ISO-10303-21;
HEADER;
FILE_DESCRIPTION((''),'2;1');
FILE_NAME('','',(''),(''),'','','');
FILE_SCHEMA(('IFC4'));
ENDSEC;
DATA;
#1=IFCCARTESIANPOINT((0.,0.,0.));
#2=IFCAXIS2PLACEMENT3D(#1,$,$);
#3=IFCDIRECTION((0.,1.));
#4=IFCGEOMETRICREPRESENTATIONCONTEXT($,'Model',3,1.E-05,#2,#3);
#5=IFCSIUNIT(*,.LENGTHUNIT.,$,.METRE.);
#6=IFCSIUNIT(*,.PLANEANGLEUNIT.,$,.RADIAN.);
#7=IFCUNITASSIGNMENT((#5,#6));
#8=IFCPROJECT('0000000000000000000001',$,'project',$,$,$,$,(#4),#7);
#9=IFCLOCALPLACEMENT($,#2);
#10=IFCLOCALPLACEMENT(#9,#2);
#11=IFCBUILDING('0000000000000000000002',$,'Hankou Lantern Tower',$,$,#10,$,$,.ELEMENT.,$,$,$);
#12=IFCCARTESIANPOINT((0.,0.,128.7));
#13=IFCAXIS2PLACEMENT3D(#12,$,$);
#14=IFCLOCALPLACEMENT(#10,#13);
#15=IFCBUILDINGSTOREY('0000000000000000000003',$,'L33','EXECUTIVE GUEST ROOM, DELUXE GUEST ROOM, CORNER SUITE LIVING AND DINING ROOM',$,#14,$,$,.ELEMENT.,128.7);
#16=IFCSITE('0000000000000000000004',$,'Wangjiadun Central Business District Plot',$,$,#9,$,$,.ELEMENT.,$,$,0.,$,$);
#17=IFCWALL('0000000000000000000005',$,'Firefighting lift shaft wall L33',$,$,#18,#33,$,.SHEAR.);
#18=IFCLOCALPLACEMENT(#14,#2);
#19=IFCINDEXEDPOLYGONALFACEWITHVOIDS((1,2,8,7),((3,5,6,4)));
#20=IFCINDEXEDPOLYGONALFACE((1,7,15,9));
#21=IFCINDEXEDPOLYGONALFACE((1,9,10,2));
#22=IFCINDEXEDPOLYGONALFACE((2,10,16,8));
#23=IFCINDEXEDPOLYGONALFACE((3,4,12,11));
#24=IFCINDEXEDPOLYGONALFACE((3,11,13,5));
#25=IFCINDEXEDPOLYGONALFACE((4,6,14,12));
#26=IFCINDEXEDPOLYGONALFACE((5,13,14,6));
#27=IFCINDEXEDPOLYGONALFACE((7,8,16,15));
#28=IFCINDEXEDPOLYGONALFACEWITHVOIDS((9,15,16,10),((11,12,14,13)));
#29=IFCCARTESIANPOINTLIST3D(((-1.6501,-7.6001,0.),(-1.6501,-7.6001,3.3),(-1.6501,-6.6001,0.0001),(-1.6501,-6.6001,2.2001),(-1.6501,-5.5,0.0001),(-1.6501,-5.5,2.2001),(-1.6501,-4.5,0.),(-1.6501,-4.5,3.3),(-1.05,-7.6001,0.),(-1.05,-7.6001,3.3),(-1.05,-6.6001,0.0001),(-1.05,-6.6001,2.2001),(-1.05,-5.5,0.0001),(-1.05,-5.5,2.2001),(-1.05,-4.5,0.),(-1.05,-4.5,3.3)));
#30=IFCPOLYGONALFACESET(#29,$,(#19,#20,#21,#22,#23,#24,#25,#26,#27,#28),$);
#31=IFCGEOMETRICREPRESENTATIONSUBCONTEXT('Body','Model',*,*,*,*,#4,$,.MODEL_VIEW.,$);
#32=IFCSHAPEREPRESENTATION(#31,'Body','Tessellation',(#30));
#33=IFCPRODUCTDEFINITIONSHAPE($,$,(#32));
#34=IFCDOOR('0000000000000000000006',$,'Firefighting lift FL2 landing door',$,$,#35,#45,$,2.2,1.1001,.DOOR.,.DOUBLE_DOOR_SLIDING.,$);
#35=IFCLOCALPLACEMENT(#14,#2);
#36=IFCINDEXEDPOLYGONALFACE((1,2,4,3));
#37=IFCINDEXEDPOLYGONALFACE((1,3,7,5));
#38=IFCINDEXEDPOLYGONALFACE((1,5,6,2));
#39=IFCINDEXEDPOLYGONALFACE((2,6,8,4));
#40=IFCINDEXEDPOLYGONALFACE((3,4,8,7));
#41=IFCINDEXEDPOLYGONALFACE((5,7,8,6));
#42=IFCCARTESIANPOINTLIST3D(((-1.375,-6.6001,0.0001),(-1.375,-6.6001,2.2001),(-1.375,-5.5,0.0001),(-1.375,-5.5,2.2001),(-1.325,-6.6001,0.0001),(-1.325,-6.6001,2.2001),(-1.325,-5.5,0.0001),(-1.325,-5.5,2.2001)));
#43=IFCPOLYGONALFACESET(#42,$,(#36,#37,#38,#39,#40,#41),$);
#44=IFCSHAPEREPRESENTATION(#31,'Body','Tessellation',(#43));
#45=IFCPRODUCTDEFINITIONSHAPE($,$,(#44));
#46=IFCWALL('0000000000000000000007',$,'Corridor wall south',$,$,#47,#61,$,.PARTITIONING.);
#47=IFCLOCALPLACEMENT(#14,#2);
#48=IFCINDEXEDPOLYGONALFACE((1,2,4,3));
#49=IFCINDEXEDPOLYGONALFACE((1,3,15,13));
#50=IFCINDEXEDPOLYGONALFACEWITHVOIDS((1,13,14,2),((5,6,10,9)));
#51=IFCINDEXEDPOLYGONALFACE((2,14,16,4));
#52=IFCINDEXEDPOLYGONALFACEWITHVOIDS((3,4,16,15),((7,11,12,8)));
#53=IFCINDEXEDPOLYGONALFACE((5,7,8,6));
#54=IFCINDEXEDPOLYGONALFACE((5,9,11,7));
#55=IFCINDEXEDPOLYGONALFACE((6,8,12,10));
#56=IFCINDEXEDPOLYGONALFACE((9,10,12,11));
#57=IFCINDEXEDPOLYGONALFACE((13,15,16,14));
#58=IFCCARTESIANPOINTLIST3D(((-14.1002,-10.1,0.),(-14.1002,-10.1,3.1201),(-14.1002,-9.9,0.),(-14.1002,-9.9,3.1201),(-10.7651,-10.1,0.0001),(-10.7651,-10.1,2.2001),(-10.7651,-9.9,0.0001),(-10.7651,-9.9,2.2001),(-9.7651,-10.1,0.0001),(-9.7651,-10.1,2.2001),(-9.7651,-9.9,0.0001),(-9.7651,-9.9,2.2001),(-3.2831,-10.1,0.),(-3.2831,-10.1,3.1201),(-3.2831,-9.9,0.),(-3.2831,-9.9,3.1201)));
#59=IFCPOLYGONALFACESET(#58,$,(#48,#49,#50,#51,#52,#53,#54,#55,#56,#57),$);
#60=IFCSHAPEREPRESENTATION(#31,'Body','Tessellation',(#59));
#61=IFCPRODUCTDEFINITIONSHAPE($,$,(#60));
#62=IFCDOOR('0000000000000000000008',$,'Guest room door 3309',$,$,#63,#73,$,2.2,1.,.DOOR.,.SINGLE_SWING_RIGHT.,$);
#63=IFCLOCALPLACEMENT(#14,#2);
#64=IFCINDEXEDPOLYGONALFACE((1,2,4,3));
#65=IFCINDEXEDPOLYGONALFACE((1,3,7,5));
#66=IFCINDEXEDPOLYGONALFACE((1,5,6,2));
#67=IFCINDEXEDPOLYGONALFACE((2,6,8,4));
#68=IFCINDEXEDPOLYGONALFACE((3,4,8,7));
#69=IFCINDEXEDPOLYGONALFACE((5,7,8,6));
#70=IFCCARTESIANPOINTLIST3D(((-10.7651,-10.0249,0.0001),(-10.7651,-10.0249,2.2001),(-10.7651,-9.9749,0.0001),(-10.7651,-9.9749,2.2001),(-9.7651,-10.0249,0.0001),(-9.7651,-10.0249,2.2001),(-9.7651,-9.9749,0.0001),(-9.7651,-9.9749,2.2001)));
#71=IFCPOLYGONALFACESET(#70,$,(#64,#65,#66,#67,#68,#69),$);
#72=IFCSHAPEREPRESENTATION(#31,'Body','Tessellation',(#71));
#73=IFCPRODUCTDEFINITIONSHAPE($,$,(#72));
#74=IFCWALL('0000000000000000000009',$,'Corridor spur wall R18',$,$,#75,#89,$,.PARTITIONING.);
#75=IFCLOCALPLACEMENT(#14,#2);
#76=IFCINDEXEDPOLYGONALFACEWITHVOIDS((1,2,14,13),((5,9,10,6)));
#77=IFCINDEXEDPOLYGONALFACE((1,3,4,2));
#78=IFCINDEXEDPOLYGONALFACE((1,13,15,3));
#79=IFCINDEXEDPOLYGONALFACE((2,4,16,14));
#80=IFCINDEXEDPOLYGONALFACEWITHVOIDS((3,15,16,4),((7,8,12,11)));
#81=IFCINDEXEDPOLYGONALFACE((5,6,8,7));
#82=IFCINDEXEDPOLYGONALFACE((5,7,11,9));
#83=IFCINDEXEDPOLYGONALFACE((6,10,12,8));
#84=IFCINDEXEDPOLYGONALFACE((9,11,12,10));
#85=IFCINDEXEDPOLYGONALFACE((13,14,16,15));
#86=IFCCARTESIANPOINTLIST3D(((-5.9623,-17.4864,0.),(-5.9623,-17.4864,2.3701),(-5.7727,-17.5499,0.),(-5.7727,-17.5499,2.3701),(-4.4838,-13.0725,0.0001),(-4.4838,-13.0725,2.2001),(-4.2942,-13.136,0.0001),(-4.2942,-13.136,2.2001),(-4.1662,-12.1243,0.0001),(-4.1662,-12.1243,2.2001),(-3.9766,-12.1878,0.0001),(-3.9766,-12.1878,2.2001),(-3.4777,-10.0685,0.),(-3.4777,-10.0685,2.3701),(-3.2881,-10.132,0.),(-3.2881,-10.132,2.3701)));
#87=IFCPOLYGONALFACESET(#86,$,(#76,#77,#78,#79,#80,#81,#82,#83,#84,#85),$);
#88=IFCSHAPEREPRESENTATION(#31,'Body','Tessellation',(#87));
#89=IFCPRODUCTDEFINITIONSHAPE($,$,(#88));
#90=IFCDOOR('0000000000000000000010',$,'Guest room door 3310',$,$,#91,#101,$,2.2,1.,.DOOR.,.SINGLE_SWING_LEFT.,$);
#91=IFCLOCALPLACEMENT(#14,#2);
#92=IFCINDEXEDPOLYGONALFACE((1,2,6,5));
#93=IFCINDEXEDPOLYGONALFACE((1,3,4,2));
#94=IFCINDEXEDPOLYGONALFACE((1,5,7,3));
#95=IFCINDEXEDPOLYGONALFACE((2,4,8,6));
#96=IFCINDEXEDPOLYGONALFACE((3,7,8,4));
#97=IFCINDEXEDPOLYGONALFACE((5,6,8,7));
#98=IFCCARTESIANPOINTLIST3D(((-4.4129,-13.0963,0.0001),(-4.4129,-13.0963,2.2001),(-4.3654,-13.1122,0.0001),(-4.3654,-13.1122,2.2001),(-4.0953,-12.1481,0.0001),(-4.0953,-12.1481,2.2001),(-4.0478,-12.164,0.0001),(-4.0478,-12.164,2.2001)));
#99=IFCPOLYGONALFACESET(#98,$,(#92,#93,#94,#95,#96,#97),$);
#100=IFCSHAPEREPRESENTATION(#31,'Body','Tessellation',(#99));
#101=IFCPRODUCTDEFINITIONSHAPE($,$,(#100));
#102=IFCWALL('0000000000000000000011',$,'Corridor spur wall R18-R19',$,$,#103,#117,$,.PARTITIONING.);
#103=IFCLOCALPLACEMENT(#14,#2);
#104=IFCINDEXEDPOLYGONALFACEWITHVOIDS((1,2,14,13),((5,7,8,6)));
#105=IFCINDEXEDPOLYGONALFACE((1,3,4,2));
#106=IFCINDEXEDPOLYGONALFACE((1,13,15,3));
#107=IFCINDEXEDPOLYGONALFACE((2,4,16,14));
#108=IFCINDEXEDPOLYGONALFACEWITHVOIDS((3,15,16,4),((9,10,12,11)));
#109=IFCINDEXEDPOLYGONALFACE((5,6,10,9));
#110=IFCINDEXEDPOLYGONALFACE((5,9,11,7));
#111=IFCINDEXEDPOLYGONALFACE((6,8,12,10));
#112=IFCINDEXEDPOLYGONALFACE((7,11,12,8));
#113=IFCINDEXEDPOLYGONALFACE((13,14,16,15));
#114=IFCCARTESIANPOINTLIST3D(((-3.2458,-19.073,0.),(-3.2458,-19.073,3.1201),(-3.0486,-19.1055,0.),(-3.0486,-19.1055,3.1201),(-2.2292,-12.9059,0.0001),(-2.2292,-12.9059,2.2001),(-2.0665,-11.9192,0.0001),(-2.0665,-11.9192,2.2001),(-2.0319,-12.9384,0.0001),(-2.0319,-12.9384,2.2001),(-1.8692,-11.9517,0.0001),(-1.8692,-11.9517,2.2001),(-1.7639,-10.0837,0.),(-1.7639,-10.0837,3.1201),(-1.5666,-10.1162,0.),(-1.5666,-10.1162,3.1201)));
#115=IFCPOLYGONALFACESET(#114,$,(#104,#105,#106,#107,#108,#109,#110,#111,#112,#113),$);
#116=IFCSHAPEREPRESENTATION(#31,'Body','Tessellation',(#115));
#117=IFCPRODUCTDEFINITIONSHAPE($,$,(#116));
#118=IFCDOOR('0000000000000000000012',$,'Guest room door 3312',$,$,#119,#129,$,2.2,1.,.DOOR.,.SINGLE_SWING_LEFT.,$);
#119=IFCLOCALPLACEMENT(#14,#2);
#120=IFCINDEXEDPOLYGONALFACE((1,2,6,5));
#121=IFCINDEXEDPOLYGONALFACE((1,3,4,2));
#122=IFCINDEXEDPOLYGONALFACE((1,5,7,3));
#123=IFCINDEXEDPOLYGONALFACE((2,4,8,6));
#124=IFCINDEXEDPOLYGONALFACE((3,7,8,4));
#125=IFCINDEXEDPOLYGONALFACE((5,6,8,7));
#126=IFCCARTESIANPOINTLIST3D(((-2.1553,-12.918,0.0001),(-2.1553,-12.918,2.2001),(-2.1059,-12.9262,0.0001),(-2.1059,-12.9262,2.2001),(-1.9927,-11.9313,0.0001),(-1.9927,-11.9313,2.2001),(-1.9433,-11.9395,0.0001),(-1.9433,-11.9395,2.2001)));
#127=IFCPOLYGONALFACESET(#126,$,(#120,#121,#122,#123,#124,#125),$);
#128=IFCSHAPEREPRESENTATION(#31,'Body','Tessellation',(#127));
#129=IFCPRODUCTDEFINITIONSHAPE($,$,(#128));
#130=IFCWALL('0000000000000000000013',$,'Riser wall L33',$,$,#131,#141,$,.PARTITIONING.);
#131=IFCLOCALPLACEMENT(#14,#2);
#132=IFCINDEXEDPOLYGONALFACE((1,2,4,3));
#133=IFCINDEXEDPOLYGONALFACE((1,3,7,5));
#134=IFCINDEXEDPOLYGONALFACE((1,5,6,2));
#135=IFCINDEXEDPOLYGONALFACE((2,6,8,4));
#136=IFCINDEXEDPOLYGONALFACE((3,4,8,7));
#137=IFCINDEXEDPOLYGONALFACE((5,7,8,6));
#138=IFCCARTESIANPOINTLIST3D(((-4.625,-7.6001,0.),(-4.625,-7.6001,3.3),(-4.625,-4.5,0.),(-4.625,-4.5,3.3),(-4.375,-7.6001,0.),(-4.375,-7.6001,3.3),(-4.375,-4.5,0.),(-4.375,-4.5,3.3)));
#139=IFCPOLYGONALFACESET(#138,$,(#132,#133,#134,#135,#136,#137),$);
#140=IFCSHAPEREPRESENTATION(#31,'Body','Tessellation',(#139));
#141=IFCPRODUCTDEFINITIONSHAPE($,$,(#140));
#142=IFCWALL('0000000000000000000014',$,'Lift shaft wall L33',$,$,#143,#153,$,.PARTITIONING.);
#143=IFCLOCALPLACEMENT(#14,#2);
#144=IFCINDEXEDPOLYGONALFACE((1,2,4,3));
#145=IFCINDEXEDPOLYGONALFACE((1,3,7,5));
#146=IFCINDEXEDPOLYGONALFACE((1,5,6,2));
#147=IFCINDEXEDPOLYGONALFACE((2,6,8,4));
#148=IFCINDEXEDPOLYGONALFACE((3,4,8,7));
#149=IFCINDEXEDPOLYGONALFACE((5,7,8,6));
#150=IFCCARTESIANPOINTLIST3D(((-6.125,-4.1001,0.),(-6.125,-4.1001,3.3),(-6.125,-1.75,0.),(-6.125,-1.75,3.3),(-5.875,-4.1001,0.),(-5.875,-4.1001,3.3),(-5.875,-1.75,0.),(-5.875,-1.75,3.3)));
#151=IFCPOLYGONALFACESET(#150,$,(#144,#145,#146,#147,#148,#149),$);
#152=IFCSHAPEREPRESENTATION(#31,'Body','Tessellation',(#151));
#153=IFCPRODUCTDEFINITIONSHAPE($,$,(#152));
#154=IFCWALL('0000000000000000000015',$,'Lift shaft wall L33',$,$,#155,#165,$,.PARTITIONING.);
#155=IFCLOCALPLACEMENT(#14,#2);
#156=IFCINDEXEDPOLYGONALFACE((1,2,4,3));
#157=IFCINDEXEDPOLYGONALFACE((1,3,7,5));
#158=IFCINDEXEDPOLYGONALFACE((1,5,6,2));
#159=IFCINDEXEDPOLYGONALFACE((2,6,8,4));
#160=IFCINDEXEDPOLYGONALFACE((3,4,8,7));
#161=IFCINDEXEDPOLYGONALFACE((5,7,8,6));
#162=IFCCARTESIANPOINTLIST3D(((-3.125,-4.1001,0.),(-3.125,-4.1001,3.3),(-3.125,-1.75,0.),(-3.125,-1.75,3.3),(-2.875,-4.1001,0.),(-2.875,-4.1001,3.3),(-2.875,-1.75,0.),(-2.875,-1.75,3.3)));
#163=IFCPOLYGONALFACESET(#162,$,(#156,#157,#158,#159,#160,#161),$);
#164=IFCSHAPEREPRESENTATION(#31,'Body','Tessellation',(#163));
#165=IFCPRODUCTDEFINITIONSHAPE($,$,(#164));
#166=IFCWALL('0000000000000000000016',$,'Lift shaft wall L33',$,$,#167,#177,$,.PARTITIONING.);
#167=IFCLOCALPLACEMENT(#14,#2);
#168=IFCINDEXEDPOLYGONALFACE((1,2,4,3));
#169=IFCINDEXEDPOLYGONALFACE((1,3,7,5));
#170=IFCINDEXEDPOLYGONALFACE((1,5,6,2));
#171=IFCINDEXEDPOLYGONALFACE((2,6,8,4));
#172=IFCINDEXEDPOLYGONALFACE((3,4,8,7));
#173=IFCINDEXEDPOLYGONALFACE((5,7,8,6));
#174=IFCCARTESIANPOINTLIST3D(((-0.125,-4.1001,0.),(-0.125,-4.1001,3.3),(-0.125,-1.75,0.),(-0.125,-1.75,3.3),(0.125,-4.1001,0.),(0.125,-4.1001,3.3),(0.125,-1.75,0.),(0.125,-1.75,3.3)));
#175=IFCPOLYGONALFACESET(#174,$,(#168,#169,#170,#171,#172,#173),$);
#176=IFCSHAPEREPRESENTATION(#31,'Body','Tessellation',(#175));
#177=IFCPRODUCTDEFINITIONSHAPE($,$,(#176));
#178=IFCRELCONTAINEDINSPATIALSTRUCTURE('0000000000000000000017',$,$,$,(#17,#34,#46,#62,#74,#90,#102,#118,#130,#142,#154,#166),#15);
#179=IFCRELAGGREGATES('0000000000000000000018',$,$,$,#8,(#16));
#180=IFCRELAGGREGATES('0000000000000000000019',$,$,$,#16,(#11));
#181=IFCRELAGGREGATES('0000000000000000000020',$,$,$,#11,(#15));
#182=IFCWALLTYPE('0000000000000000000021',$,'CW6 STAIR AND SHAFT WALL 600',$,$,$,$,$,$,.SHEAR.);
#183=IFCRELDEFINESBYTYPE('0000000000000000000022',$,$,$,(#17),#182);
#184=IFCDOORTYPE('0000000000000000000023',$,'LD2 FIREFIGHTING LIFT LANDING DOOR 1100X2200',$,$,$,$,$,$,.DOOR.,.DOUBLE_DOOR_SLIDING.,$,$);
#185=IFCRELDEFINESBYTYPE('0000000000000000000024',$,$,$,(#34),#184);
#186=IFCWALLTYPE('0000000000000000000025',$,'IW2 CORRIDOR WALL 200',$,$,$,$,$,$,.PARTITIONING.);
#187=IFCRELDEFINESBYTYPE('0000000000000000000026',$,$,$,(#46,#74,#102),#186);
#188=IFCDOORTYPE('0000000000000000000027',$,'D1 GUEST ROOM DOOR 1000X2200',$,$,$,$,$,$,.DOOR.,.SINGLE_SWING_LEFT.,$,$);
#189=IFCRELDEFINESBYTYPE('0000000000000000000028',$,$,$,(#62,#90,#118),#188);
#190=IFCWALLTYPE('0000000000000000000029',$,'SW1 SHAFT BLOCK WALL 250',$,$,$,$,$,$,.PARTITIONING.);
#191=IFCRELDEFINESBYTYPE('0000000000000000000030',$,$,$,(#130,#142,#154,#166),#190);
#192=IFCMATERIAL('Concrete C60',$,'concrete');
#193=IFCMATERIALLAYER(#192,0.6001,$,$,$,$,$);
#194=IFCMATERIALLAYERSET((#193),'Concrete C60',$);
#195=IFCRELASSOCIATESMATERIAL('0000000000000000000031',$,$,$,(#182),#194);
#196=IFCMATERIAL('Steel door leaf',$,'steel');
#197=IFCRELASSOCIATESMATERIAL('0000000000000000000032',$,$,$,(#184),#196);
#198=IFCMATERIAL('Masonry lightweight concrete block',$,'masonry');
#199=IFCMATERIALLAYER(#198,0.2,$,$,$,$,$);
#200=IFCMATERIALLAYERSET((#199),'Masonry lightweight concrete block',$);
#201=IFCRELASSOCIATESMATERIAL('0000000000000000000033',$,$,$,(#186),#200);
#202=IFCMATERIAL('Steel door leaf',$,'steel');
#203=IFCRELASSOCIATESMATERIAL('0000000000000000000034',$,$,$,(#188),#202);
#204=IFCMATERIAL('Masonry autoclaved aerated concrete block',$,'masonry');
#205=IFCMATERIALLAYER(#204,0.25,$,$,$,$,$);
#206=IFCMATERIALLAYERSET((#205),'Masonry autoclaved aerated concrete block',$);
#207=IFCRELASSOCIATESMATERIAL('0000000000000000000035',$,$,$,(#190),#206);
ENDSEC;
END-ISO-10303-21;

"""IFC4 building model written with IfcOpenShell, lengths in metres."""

from ifc_helpers import new_model, si_unit, direction, frame, frame_2d, origin, place, context, subcontext, project, spatial, rectangle, extrude, material, layer, layer_set, type_object, element, fill, save


model = new_model("IFC4")

# Units and contexts
model_context = context("Model", 3, precision=1e-05, world=origin(), true_north=direction((0.0, 1.0)))
body_context = subcontext(model_context, "Body", "Model", "MODEL_VIEW")
ifc_project = project(units=[si_unit("LENGTHUNIT", "METRE"), si_unit("PLANEANGLEUNIT", "RADIAN")], contexts=[model_context])

# Site, building, storey
site_placement = place(None, origin())
site = spatial("IfcSite", under=ifc_project, at=site_placement, Name="Wangjiadun Central Business District Plot", CompositionType="ELEMENT", RefElevation=0.0)
building_placement = place(site_placement, origin())
building = spatial("IfcBuilding", under=site, at=building_placement, Name="Hankou Lantern Tower", CompositionType="ELEMENT")
storey_placement = place(building_placement, frame((0.0, 0.0, 128.7)))
storey = spatial("IfcBuildingStorey", under=building, at=storey_placement, Name="L33", Description="EXECUTIVE GUEST ROOM, DELUXE GUEST ROOM, CORNER SUITE LIVING AND DINING ROOM", CompositionType="ELEMENT", Elevation=128.7)

# Walls, openings, doors
ifc_material_1 = material(Name="Concrete C60", Category="concrete")
ifc_layer_1 = layer(ifc_material_1, 0.6001)
ifc_layer_set_1 = layer_set([ifc_layer_1], Name="Concrete C60")
wall_type_1 = type_object("IfcWallType", Name="CW6 STAIR AND SHAFT WALL 600", PredefinedType="SHEAR", material=ifc_layer_set_1)
wall_1_placement = place(storey_placement, frame((-1.3501, -7.6001, 0.0), z_axis=(0.0, 0.0, 1.0), x_axis=(0.0, 1.0, 0.0)))
wall_1 = element("IfcWall", 1, at=wall_1_placement, inside=storey, type_object=wall_type_1, Name="Firefighting lift shaft wall L33", PredefinedType="SHEAR", context=body_context, shape_type="SweptSolid", body=[
    extrude(rectangle(XDim=3.1001, YDim=0.6001, at=frame_2d((1.55, 0.0))), origin(), (0.0, 0.0, 1.0), 3.3),
])
opening_1_placement = place(wall_1_placement, frame((1.0, 0.0, 0.0)))
opening_1 = element("IfcOpeningElement", 2, at=opening_1_placement, cuts=wall_1, PredefinedType="OPENING", context=body_context, shape_type="SweptSolid", body=[
    extrude(rectangle(XDim=1.1001, YDim=2.2, at=frame_2d((0.55, 1.1001))), frame((0.0, 0.3101, 0.0), z_axis=(0.0, -1.0, 0.0), x_axis=(1.0, 0.0, 0.0)), (0.0, 0.0, 1.0), 0.6201),
])
ifc_material_2 = material(Name="Steel door leaf", Category="steel")
door_type_1 = type_object("IfcDoorType", Name="LD2 FIREFIGHTING LIFT LANDING DOOR 1100X2200", OperationType="DOUBLE_DOOR_SLIDING", PredefinedType="DOOR", material=ifc_material_2)
door_1_placement = place(opening_1_placement, origin())
door_1 = element("IfcDoor", 3, at=door_1_placement, inside=storey, type_object=door_type_1, Name="Firefighting lift FL2 landing door", OperationType="DOUBLE_DOOR_SLIDING", OverallHeight=2.2, OverallWidth=1.1001, PredefinedType="DOOR", context=body_context, shape_type="SweptSolid", body=[
    extrude(rectangle(XDim=1.1001, YDim=2.2, at=frame_2d((0.55, 1.1001))), frame((0.0, 0.0249, 0.0), z_axis=(0.0, -1.0, 0.0), x_axis=(1.0, 0.0, 0.0)), (0.0, 0.0, 1.0), 0.05),
])
fill(opening_1, door_1)
ifc_material_3 = material(Name="Masonry lightweight concrete block", Category="masonry")
ifc_layer_2 = layer(ifc_material_3, 0.2)
ifc_layer_set_2 = layer_set([ifc_layer_2], Name="Masonry lightweight concrete block")
wall_type_2 = type_object("IfcWallType", Name="IW2 CORRIDOR WALL 200", PredefinedType="PARTITIONING", material=ifc_layer_set_2)
wall_2_placement = place(storey_placement, frame((-3.283, -10.0, 0.0), z_axis=(0.0, 0.0, 1.0), x_axis=(-1.0, 0.0, 0.0)))
wall_2 = element("IfcWall", 4, at=wall_2_placement, inside=storey, type_object=wall_type_2, Name="Corridor wall south", PredefinedType="PARTITIONING", context=body_context, shape_type="SweptSolid", body=[
    extrude(rectangle(XDim=10.8171, YDim=0.2, at=frame_2d((5.4087, 0.0))), origin(), (0.0, 0.0, 1.0), 3.1201),
])
opening_2_placement = place(wall_2_placement, frame((6.4822, 0.0, 0.0)))
opening_2 = element("IfcOpeningElement", 5, at=opening_2_placement, cuts=wall_2, PredefinedType="OPENING", context=body_context, shape_type="SweptSolid", body=[
    extrude(rectangle(XDim=1.0, YDim=2.2, at=frame_2d((0.5, 1.1001))), frame((0.0, 0.1099, 0.0), z_axis=(0.0, -1.0, 0.0), x_axis=(1.0, 0.0, 0.0)), (0.0, 0.0, 1.0), 0.22),
])
ifc_material_4 = material(Name="Steel door leaf", Category="steel")
door_type_2 = type_object("IfcDoorType", Name="D1 GUEST ROOM DOOR 1000X2200", OperationType="SINGLE_SWING_LEFT", PredefinedType="DOOR", material=ifc_material_4)
door_2_placement = place(opening_2_placement, origin())
door_2 = element("IfcDoor", 6, at=door_2_placement, inside=storey, type_object=door_type_2, Name="Guest room door 3309", OperationType="SINGLE_SWING_RIGHT", OverallHeight=2.2, OverallWidth=1.0, PredefinedType="DOOR", context=body_context, shape_type="SweptSolid", body=[
    extrude(rectangle(XDim=1.0, YDim=2.2, at=frame_2d((0.5, 1.1001))), frame((0.0, 0.0249, 0.0), z_axis=(0.0, -1.0, 0.0), x_axis=(1.0, 0.0, 0.0)), (0.0, 0.0, 1.0), 0.05),
])
fill(opening_2, door_2)
wall_3_placement = place(storey_placement, frame((-3.3828, -10.1001, 0.0), z_axis=(0.0, 0.0, 1.0), x_axis=(-0.317604, -0.948224, 0.0)))
wall_3 = element("IfcWall", 7, at=wall_3_placement, inside=storey, type_object=wall_type_2, Name="Corridor spur wall R18", PredefinedType="PARTITIONING", context=body_context, shape_type="SweptSolid", body=[
    extrude(rectangle(XDim=7.823, YDim=0.2, at=frame_2d((3.9116, 0.0))), origin(), (0.0, 0.0, 1.0), 2.3701),
])
opening_3_placement = place(wall_3_placement, frame((2.1682, 0.0, 0.0)))
opening_3 = element("IfcOpeningElement", 8, at=opening_3_placement, cuts=wall_3, PredefinedType="OPENING", context=body_context, shape_type="SweptSolid", body=[
    extrude(rectangle(XDim=1.0, YDim=2.2, at=frame_2d((0.5, 1.1001))), frame((0.0, 0.1099, 0.0), z_axis=(0.0, -1.0, 0.0), x_axis=(1.0, 0.0, 0.0)), (0.0, 0.0, 1.0), 0.22),
])
door_3_placement = place(opening_3_placement, origin())
door_3 = element("IfcDoor", 9, at=door_3_placement, inside=storey, type_object=door_type_2, Name="Guest room door 3310", OperationType="SINGLE_SWING_LEFT", OverallHeight=2.2, OverallWidth=1.0, PredefinedType="DOOR", context=body_context, shape_type="SweptSolid", body=[
    extrude(rectangle(XDim=1.0, YDim=2.2, at=frame_2d((0.5, 1.1001))), frame((0.0, 0.0249, 0.0), z_axis=(0.0, -1.0, 0.0), x_axis=(1.0, 0.0, 0.0)), (0.0, 0.0, 1.0), 0.05),
])
fill(opening_3, door_3)
wall_4_placement = place(storey_placement, frame((-1.6653, -10.1001, 0.0), z_axis=(0.0, 0.0, 1.0), x_axis=(-0.162661, -0.986682, 0.0)))
wall_4 = element("IfcWall", 10, at=wall_4_placement, inside=storey, type_object=wall_type_2, Name="Corridor spur wall R18-R19", PredefinedType="PARTITIONING", context=body_context, shape_type="SweptSolid", body=[
    extrude(rectangle(XDim=9.1106, YDim=0.2, at=frame_2d((4.5552, 0.0))), origin(), (0.0, 0.0, 1.0), 3.1201),
])
opening_4_placement = place(wall_4_placement, frame((1.8601, 0.0, 0.0)))
opening_4 = element("IfcOpeningElement", 11, at=opening_4_placement, cuts=wall_4, PredefinedType="OPENING", context=body_context, shape_type="SweptSolid", body=[
    extrude(rectangle(XDim=1.0, YDim=2.2, at=frame_2d((0.5, 1.1001))), frame((0.0, 0.1099, 0.0), z_axis=(0.0, -1.0, 0.0), x_axis=(1.0, 0.0, 0.0)), (0.0, 0.0, 1.0), 0.22),
])
door_4_placement = place(opening_4_placement, origin())
door_4 = element("IfcDoor", 12, at=door_4_placement, inside=storey, type_object=door_type_2, Name="Guest room door 3312", OperationType="SINGLE_SWING_LEFT", OverallHeight=2.2, OverallWidth=1.0, PredefinedType="DOOR", context=body_context, shape_type="SweptSolid", body=[
    extrude(rectangle(XDim=1.0, YDim=2.2, at=frame_2d((0.5, 1.1001))), frame((0.0, 0.0249, 0.0), z_axis=(0.0, -1.0, 0.0), x_axis=(1.0, 0.0, 0.0)), (0.0, 0.0, 1.0), 0.05),
])
fill(opening_4, door_4)

# Walls
ifc_material_5 = material(Name="Masonry autoclaved aerated concrete block", Category="masonry")
ifc_layer_3 = layer(ifc_material_5, 0.25)
ifc_layer_set_3 = layer_set([ifc_layer_3], Name="Masonry autoclaved aerated concrete block")
wall_type_3 = type_object("IfcWallType", Name="SW1 SHAFT BLOCK WALL 250", PredefinedType="PARTITIONING", material=ifc_layer_set_3)
wall_5_placement = place(storey_placement, frame((-4.5, -7.6001, 0.0), z_axis=(0.0, 0.0, 1.0), x_axis=(0.0, 1.0, 0.0)))
element("IfcWall", 13, at=wall_5_placement, inside=storey, type_object=wall_type_3, Name="Riser wall L33", PredefinedType="PARTITIONING", context=body_context, shape_type="SweptSolid", body=[
    extrude(rectangle(XDim=3.1001, YDim=0.25, at=frame_2d((1.55, 0.0))), origin(), (0.0, 0.0, 1.0), 3.3),
])
for number, where, z_axis, x_axis, name in (
    (14, (-6.0, -4.1001, 0.0), (0.0, 0.0, 1.0), (0.0, 1.0, 0.0), "Lift shaft wall L33"),
    (15, (-3.0, -4.1001, 0.0), (0.0, 0.0, 1.0), (0.0, 1.0, 0.0), "Lift shaft wall L33"),
    (16, (0.0, -4.1001, 0.0), (0.0, 0.0, 1.0), (0.0, 1.0, 0.0), "Lift shaft wall L33"),
):
    element("IfcWall", number, at=place(storey_placement, frame(where, z_axis=z_axis, x_axis=x_axis)), inside=storey, type_object=wall_type_3, Name=name, PredefinedType="PARTITIONING", context=body_context, shape_type="SweptSolid", body=[
        extrude(rectangle(XDim=2.3501, YDim=0.25, at=frame_2d((1.175, 0.0))), origin(), (0.0, 0.0, 1.0), 3.3),
    ])

save(model, "model.ifc")
